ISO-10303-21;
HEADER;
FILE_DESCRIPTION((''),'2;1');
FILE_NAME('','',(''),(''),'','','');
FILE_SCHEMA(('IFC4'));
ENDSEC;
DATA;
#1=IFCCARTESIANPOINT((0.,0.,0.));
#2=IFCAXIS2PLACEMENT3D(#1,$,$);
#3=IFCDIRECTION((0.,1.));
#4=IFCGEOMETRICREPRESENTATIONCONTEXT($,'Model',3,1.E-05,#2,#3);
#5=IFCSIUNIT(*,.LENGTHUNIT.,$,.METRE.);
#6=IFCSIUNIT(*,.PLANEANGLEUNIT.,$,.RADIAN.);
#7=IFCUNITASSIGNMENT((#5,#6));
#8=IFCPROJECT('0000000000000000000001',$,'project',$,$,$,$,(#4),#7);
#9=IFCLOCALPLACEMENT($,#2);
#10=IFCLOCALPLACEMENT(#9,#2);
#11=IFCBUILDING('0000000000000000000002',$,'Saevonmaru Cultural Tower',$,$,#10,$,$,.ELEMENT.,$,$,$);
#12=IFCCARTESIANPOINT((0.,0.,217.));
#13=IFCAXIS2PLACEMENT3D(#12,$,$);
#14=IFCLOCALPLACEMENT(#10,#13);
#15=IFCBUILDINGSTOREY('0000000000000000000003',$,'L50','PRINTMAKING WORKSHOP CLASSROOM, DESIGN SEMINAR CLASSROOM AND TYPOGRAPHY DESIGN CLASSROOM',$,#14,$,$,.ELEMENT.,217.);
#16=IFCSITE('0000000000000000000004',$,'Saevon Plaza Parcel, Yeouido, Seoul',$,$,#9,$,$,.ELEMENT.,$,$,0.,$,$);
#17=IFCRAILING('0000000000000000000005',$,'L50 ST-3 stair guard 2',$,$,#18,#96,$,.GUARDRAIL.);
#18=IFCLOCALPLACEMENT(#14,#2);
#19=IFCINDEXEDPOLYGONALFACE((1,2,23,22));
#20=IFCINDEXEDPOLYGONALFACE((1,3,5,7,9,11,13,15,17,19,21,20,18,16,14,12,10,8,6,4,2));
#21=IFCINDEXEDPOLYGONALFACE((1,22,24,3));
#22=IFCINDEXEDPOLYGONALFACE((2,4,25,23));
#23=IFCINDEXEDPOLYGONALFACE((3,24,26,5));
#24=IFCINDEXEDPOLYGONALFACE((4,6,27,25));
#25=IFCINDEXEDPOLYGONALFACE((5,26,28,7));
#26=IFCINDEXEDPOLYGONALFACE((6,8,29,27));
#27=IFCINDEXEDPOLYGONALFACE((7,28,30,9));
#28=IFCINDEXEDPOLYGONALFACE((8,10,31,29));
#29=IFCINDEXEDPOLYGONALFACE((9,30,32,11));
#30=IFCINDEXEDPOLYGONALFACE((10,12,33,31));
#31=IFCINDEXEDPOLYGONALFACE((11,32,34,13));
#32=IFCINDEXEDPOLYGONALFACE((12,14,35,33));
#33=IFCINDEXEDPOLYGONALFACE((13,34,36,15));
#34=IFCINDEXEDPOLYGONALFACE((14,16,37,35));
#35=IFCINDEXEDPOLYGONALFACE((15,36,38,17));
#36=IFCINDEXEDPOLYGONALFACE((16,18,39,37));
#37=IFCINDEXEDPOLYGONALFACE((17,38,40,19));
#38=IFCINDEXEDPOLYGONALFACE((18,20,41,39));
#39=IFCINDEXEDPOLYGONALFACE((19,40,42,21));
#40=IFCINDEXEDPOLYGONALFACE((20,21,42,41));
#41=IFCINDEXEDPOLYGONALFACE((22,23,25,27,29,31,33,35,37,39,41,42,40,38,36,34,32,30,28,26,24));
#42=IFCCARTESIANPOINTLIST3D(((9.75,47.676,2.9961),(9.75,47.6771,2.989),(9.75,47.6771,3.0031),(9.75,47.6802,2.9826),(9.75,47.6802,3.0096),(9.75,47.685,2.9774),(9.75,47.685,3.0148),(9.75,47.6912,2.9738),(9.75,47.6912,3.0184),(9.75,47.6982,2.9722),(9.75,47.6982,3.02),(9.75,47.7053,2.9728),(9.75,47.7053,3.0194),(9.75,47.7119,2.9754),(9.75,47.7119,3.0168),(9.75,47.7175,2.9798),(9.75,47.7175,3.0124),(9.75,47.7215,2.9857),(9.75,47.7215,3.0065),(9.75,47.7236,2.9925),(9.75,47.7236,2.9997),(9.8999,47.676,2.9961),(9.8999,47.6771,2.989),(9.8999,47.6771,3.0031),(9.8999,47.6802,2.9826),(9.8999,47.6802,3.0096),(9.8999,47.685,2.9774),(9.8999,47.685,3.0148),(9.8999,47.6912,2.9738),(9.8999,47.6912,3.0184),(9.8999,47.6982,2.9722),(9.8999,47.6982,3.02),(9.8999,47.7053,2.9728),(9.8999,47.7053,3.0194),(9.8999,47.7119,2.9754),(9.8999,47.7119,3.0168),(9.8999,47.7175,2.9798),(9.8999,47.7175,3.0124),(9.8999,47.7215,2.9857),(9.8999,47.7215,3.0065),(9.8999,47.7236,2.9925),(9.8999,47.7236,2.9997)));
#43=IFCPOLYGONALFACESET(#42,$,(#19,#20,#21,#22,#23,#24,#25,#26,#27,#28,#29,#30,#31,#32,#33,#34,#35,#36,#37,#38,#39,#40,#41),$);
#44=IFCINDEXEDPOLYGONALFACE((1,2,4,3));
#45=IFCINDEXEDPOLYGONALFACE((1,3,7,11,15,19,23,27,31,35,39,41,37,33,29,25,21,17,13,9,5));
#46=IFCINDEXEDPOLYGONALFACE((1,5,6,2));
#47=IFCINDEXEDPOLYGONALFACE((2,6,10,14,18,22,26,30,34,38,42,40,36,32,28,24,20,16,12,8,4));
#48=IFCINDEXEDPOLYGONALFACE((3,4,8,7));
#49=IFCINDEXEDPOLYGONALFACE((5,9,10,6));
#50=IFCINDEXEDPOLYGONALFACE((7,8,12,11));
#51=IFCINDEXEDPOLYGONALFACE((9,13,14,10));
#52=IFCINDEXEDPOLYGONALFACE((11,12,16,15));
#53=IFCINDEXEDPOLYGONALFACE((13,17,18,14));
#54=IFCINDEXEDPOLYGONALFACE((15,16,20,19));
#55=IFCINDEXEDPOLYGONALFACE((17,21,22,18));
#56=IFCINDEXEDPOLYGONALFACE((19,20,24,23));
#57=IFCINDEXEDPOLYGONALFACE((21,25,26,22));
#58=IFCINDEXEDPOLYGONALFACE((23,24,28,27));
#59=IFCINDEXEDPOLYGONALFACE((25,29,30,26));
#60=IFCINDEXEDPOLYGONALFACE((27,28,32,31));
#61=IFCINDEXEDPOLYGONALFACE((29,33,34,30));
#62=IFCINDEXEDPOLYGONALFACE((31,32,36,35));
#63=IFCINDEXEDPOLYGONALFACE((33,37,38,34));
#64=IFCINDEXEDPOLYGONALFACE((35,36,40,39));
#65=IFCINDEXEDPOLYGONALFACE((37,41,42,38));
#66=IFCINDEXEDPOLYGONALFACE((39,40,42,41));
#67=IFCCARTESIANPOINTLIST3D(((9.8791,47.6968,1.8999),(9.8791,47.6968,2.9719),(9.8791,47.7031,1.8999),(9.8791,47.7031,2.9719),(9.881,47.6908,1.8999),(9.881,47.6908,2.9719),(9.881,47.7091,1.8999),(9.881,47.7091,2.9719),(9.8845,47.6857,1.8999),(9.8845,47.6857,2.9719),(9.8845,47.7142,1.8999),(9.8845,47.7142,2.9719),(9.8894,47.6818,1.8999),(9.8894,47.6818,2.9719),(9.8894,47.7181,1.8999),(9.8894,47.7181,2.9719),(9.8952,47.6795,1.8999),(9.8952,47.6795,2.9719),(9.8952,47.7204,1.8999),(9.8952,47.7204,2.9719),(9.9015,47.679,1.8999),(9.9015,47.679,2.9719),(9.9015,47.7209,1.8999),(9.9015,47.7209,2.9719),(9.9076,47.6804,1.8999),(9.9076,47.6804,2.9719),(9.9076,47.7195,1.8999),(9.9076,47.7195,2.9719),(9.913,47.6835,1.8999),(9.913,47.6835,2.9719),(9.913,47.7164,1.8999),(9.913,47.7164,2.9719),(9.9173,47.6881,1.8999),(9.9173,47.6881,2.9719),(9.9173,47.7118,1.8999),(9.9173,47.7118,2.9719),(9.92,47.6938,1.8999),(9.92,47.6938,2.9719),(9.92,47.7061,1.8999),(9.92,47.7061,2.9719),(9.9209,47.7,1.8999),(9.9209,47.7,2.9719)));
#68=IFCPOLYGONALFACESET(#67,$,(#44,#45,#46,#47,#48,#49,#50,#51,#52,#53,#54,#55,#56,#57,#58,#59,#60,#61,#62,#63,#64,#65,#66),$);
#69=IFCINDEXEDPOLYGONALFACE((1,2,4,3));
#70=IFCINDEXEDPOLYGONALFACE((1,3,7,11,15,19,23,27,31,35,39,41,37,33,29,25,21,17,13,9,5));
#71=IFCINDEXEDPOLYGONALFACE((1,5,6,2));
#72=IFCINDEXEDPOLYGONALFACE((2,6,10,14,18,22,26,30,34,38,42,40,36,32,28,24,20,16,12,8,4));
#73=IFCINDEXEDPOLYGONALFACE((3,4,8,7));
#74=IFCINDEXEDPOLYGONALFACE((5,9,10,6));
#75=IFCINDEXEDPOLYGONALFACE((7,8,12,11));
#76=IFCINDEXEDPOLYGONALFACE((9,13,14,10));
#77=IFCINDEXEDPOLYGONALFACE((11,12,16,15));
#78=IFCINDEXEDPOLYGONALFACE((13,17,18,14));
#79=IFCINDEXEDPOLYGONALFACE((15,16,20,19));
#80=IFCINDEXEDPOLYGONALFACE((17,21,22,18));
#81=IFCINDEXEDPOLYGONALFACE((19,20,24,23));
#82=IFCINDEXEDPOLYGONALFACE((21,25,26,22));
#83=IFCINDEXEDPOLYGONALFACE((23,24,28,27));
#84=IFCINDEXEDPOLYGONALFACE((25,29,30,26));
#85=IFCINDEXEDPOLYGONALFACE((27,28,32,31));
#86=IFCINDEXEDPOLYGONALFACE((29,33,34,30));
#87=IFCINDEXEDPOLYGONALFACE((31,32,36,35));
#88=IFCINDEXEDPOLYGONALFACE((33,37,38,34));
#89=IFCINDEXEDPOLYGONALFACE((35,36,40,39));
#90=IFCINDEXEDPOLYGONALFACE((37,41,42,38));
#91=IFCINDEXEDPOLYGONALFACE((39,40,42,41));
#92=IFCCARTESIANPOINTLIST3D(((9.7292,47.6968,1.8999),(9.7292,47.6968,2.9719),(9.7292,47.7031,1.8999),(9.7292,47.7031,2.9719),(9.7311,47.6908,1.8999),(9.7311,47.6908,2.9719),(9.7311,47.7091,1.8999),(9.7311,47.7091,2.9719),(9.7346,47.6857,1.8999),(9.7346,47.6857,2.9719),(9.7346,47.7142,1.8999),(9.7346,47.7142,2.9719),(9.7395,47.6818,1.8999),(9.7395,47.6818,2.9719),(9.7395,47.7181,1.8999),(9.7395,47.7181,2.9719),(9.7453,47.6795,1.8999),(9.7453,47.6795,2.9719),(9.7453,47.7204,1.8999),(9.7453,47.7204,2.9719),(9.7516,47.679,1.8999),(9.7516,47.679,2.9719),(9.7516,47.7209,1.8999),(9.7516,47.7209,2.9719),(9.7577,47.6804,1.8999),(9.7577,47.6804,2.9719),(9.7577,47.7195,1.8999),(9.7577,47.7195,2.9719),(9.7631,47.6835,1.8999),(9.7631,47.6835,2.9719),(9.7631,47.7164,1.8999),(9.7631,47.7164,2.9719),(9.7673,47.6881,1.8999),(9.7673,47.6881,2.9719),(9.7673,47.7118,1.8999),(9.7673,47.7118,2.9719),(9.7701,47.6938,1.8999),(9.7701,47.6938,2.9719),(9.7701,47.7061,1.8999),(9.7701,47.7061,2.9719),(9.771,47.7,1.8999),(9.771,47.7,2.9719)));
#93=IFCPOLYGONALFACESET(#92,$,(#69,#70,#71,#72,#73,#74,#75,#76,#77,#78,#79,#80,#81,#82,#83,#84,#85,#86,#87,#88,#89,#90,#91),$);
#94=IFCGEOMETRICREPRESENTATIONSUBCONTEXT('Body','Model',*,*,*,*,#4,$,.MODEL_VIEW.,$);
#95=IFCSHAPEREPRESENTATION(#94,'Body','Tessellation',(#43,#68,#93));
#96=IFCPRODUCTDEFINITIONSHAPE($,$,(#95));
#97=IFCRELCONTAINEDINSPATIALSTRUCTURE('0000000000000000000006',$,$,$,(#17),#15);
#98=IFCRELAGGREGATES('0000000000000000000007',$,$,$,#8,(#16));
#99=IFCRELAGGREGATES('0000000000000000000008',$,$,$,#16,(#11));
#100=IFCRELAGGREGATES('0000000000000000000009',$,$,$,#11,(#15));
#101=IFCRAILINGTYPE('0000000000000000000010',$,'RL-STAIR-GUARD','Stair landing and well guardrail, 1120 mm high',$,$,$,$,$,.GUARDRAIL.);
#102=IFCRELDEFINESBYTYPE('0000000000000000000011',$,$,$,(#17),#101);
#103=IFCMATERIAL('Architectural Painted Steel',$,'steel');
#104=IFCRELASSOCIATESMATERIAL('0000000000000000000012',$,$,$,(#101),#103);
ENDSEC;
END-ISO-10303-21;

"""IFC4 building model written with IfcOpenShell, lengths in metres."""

from ifc_helpers import new_model, si_unit, direction, frame, origin, origin_2d, place, context, subcontext, project, spatial, circle, extrude, material, type_object, element, save


model = new_model("IFC4")

# Units and contexts
model_context = context("Model", 3, precision=1e-05, world=origin(), true_north=direction((0.0, 1.0)))
body_context = subcontext(model_context, "Body", "Model", "MODEL_VIEW")
ifc_project = project(units=[si_unit("LENGTHUNIT", "METRE"), si_unit("PLANEANGLEUNIT", "RADIAN")], contexts=[model_context])

# Site, building, storey
site_placement = place(None, origin())
site = spatial("IfcSite", under=ifc_project, at=site_placement, Name="Saevon Plaza Parcel, Yeouido, Seoul", CompositionType="ELEMENT", RefElevation=0.0)
building_placement = place(site_placement, origin())
building = spatial("IfcBuilding", under=site, at=building_placement, Name="Saevonmaru Cultural Tower", CompositionType="ELEMENT")
storey_placement = place(building_placement, frame((0.0, 0.0, 217.0)))
storey = spatial("IfcBuildingStorey", under=building, at=storey_placement, Name="L50", Description="PRINTMAKING WORKSHOP CLASSROOM, DESIGN SEMINAR CLASSROOM AND TYPOGRAPHY DESIGN CLASSROOM", CompositionType="ELEMENT", Elevation=217.0)

# Railing
ifc_material_1 = material(Name="Architectural Painted Steel", Category="steel")
railing_type_1 = type_object("IfcRailingType", Name="RL-STAIR-GUARD", Description="Stair landing and well guardrail, 1120 mm high", PredefinedType="GUARDRAIL", material=ifc_material_1)
railing_1_placement = place(storey_placement, frame((9.8999, 47.7, 1.8999)))
element("IfcRailing", 1, at=railing_1_placement, inside=storey, type_object=railing_type_1, Name="L50 ST-3 stair guard 2", PredefinedType="GUARDRAIL", context=body_context, shape_type="SweptSolid", body=[
    extrude(circle(Radius=0.0239, at=origin_2d()), frame((0.0, 0.0, 1.0962), z_axis=(-1.0, 0.0, 0.0), x_axis=(0.0, -1.0, 0.0)), (0.0, 0.0, 1.0), 0.1499),
    extrude(circle(Radius=0.021, at=origin_2d()), origin(), (0.0, 0.0, 1.0), 1.072),
    extrude(circle(Radius=0.021, at=origin_2d()), frame((-0.1499, 0.0, 0.0)), (0.0, 0.0, 1.0), 1.072),
])

save(model, "model.ifc")
